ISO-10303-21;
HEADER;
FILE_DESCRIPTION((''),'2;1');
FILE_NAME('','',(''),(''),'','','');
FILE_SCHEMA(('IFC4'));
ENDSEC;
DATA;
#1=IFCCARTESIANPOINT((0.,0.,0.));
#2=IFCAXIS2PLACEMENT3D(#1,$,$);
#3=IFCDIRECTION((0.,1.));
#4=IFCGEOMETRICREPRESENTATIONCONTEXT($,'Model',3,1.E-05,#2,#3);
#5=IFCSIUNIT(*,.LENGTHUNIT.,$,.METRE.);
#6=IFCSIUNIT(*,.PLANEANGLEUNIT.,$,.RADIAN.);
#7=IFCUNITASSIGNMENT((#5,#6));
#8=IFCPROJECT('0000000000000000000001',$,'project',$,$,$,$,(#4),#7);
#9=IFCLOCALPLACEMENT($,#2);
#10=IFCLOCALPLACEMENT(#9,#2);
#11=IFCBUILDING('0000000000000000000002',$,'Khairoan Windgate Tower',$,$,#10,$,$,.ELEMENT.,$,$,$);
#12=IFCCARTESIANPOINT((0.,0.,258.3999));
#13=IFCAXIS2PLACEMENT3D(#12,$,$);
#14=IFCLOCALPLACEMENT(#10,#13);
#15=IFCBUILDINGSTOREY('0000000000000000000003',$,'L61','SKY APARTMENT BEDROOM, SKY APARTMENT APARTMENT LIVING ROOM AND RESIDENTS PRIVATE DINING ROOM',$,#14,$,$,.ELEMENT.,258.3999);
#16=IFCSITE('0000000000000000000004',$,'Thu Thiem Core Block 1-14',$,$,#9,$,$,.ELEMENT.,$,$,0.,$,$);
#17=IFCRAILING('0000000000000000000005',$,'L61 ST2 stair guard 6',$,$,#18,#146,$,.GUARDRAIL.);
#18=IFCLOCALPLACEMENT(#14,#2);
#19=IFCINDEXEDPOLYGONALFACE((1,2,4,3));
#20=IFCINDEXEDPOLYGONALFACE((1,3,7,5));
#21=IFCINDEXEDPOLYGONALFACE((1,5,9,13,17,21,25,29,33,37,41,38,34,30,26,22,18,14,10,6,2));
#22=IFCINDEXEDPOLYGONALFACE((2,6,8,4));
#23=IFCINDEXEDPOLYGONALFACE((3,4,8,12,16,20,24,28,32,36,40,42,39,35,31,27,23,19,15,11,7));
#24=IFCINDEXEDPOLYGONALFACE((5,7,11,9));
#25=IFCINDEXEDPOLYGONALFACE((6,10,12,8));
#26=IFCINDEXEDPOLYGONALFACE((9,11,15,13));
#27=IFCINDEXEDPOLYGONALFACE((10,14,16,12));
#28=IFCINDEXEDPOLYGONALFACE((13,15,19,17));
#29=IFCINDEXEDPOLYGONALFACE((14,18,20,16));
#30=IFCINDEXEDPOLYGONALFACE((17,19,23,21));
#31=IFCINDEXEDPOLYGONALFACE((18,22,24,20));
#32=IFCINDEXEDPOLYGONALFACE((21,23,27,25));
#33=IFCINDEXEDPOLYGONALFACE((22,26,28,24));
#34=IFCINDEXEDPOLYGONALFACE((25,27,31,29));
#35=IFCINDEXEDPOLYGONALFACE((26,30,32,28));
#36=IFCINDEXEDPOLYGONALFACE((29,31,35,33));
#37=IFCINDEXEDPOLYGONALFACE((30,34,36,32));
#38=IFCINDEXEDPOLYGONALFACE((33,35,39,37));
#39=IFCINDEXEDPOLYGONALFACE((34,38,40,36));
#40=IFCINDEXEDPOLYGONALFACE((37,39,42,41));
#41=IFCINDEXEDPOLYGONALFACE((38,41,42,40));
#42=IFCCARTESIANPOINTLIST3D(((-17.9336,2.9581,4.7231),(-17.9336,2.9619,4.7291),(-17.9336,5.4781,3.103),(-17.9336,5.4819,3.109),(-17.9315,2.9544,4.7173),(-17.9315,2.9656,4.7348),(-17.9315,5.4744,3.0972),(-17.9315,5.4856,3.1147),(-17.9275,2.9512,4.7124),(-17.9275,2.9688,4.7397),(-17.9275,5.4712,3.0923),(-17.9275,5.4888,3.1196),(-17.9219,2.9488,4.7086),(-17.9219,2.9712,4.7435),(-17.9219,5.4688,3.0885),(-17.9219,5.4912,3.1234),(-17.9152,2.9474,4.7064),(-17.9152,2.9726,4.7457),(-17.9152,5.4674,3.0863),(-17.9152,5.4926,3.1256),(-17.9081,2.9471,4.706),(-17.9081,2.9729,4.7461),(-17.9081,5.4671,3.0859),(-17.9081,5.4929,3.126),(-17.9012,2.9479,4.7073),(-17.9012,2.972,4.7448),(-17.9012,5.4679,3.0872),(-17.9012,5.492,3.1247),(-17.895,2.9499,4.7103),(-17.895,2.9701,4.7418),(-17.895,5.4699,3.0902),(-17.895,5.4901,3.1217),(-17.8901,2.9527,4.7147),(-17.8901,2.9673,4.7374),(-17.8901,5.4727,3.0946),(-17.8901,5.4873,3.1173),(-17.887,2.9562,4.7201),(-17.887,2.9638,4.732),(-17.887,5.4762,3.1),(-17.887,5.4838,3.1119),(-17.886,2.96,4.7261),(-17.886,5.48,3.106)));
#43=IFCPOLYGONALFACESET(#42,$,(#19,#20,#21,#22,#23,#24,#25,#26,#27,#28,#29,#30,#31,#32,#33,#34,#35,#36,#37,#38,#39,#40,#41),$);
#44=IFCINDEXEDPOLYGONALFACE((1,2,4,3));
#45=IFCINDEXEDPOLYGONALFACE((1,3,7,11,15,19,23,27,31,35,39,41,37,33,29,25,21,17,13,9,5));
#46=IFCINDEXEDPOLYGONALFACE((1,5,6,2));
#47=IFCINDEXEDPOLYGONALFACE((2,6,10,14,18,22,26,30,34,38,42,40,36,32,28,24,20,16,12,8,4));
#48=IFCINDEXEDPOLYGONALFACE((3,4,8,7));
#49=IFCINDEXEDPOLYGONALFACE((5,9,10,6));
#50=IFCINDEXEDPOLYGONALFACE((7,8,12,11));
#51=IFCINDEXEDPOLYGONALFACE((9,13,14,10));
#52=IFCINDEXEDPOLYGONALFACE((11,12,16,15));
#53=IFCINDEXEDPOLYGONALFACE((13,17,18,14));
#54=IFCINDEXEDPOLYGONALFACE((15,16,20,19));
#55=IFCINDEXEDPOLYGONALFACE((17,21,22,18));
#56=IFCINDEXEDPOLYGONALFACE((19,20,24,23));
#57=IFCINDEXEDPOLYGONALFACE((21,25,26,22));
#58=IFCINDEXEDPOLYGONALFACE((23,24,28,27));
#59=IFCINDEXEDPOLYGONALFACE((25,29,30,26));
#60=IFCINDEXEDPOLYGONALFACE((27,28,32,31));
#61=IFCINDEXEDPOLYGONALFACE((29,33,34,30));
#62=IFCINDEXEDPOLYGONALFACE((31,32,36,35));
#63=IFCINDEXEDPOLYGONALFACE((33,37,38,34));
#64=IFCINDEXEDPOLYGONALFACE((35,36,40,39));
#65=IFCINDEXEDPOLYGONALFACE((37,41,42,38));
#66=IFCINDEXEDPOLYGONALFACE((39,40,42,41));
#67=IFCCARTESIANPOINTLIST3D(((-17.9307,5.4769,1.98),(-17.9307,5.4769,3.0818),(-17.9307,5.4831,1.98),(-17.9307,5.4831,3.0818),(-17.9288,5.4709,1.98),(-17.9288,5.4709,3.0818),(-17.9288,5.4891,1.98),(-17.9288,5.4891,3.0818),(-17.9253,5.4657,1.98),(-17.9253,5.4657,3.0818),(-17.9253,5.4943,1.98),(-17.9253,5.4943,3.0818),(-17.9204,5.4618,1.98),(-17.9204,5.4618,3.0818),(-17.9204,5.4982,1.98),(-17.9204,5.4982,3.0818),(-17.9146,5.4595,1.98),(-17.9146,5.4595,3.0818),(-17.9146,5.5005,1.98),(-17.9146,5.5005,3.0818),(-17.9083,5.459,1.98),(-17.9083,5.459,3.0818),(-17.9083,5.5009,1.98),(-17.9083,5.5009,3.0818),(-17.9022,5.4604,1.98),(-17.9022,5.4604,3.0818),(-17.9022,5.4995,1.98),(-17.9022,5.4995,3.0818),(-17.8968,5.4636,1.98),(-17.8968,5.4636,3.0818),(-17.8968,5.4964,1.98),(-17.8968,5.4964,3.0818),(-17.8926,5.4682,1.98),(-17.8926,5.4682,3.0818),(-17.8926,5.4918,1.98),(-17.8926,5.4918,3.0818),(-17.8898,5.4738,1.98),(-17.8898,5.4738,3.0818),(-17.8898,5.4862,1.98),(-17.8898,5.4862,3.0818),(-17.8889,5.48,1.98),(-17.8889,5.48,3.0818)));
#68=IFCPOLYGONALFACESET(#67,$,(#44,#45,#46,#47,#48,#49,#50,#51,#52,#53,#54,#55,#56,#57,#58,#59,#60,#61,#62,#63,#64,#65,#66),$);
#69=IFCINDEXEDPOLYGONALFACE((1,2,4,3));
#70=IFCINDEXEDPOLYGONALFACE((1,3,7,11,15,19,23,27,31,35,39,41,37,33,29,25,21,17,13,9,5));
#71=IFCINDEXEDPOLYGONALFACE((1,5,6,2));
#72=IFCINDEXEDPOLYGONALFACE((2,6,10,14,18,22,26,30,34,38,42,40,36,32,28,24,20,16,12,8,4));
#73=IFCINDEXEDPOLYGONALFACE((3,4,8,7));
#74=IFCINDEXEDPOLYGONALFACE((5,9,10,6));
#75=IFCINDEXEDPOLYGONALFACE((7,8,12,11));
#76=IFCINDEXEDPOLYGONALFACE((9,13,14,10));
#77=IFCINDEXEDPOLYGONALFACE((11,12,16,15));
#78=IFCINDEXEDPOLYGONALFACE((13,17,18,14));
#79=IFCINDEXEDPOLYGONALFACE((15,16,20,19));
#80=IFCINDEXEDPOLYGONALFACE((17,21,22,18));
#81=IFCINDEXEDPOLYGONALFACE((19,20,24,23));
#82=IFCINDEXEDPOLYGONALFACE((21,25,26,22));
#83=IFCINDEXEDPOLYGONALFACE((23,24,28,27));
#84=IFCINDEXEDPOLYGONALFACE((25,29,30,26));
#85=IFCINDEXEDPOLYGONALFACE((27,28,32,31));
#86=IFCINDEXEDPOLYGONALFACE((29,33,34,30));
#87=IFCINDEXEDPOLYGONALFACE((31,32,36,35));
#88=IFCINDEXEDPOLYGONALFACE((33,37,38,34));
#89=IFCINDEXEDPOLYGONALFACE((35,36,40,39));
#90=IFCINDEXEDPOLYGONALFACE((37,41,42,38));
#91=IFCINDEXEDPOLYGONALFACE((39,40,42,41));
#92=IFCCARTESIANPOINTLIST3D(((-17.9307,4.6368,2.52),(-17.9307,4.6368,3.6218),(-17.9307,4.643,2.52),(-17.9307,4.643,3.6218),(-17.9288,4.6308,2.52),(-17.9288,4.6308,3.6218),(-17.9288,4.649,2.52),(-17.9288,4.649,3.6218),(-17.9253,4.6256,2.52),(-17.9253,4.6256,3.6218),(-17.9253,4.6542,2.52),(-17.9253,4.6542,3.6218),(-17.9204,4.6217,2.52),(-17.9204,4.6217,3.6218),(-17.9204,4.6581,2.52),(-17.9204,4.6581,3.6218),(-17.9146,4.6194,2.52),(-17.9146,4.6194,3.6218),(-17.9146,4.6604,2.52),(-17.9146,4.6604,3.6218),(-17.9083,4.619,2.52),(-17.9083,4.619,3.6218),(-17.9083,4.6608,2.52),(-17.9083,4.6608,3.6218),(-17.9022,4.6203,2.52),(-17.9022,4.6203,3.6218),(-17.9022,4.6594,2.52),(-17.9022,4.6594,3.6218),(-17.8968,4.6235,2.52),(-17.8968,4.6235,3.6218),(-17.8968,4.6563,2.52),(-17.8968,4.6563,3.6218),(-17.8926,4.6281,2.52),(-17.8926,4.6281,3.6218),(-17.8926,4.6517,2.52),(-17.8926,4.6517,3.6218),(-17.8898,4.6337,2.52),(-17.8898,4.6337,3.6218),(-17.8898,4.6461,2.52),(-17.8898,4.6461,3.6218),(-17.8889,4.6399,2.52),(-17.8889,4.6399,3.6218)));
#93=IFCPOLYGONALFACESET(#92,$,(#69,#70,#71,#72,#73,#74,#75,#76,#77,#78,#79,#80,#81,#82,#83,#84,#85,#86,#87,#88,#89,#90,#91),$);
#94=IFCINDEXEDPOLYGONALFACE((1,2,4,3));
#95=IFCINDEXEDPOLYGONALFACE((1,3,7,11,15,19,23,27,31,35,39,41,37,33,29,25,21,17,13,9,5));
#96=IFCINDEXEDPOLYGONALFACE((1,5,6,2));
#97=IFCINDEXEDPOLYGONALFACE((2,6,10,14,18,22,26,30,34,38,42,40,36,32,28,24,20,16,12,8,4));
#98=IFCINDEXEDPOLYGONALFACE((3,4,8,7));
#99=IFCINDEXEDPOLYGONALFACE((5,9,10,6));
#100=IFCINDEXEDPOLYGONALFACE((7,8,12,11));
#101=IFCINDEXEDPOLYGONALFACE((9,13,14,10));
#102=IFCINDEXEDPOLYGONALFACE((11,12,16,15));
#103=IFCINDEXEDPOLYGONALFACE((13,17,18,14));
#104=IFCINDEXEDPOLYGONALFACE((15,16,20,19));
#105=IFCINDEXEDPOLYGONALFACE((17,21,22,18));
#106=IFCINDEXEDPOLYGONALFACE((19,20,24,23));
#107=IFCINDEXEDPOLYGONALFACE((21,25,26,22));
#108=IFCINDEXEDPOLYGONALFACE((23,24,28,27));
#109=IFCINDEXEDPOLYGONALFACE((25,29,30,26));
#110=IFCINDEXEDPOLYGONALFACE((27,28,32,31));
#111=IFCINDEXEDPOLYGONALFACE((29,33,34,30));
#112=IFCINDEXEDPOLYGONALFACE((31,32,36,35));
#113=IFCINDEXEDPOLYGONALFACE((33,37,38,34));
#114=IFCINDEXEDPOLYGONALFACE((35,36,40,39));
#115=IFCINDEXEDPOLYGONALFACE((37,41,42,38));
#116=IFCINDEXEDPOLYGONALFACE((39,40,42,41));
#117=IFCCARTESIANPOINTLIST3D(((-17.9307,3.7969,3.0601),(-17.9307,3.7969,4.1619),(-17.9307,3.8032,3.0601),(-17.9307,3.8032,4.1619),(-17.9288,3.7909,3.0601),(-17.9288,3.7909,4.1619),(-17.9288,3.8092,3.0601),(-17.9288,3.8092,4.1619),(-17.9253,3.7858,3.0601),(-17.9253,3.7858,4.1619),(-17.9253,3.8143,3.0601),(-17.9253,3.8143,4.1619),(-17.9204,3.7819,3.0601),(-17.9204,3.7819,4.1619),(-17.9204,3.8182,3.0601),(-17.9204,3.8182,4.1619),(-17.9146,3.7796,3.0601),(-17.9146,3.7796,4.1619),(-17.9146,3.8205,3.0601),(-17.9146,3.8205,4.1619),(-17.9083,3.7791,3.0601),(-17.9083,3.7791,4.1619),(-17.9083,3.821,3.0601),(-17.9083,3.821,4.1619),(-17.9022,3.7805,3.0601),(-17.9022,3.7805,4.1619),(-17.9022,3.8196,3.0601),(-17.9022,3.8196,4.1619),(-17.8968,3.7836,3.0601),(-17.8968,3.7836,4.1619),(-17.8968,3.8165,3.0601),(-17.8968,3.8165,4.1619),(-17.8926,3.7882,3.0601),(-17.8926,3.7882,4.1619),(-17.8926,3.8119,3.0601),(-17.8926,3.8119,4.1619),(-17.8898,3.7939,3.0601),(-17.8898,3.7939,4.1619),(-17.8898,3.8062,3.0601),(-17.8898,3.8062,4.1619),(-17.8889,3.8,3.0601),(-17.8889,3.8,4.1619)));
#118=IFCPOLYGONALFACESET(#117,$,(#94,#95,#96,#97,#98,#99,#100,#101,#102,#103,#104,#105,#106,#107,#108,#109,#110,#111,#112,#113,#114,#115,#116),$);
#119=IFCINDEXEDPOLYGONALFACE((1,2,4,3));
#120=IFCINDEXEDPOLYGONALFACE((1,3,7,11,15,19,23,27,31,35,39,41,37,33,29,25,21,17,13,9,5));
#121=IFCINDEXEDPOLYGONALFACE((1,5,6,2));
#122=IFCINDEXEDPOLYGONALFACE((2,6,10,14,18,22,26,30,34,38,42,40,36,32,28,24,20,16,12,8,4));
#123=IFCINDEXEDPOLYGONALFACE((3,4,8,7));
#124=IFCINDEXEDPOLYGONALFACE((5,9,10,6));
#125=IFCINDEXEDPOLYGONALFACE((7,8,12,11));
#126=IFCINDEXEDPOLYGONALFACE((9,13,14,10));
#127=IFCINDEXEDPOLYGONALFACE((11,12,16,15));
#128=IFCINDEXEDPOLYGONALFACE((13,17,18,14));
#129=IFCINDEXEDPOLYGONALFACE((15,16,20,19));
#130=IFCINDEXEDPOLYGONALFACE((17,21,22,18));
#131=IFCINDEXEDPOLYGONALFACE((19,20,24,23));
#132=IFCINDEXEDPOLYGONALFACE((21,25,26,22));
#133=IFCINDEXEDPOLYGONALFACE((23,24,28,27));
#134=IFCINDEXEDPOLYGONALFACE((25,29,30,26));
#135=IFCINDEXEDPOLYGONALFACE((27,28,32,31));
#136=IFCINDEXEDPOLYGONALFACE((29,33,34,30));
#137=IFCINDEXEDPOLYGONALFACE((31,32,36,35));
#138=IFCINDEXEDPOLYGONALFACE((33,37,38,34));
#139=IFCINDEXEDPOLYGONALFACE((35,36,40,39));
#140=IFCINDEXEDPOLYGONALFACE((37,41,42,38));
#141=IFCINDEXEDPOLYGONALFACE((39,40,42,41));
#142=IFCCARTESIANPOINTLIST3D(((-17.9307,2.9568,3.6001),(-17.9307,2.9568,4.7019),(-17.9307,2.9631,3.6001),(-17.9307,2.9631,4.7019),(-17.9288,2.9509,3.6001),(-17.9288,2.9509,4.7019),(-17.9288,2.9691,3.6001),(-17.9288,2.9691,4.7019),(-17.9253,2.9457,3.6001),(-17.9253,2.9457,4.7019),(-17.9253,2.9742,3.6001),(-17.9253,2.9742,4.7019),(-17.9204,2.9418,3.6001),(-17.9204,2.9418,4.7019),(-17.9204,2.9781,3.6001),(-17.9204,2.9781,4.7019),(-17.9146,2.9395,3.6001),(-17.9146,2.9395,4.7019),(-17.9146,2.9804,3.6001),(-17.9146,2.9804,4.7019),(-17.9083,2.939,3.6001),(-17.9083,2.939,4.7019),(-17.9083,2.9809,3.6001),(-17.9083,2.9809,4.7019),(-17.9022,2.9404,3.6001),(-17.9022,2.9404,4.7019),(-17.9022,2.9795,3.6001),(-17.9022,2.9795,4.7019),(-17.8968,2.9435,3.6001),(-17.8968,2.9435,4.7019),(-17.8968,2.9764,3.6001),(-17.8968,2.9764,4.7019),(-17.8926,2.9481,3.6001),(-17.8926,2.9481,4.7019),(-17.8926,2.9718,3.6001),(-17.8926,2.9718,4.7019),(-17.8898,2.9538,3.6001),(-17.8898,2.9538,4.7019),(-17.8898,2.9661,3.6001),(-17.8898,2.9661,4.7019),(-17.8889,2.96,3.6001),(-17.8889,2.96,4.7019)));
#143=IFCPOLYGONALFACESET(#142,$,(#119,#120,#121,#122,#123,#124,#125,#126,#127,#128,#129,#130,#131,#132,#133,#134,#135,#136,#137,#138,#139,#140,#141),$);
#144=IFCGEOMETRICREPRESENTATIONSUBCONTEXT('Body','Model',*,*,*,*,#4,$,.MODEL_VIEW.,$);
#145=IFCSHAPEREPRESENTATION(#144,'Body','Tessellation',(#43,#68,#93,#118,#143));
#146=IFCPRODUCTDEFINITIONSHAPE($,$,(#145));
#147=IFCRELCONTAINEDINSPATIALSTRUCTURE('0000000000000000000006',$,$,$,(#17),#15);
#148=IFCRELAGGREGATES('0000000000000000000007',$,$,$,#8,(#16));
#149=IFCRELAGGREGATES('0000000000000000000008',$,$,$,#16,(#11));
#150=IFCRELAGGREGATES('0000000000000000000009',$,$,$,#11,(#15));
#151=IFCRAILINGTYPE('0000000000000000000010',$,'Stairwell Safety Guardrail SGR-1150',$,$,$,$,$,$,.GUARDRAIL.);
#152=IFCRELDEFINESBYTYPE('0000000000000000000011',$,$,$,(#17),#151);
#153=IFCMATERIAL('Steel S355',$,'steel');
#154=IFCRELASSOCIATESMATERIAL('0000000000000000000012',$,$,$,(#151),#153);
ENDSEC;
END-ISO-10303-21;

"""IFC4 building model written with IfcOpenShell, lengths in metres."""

from ifc_helpers import new_model, si_unit, direction, frame, origin, origin_2d, place, context, subcontext, project, spatial, circle, extrude, material, type_object, element, save


model = new_model("IFC4")

# Units and contexts
model_context = context("Model", 3, precision=1e-05, world=origin(), true_north=direction((0.0, 1.0)))
body_context = subcontext(model_context, "Body", "Model", "MODEL_VIEW")
ifc_project = project(units=[si_unit("LENGTHUNIT", "METRE"), si_unit("PLANEANGLEUNIT", "RADIAN")], contexts=[model_context])

# Site, building, storey
site_placement = place(None, origin())
site = spatial("IfcSite", under=ifc_project, at=site_placement, Name="Thu Thiem Core Block 1-14", CompositionType="ELEMENT", RefElevation=0.0)
building_placement = place(site_placement, origin())
building = spatial("IfcBuilding", under=site, at=building_placement, Name="Khairoan Windgate Tower", CompositionType="ELEMENT")
storey_placement = place(building_placement, frame((0.0, 0.0, 258.3999)))
storey = spatial("IfcBuildingStorey", under=building, at=storey_placement, Name="L61", Description="SKY APARTMENT BEDROOM, SKY APARTMENT APARTMENT LIVING ROOM AND RESIDENTS PRIVATE DINING ROOM", CompositionType="ELEMENT", Elevation=258.3999)

# Railing
ifc_material_1 = material(Name="Steel S355", Category="steel")
railing_type_1 = type_object("IfcRailingType", Name="Stairwell Safety Guardrail SGR-1150", PredefinedType="GUARDRAIL", material=ifc_material_1)
railing_1_placement = place(storey_placement, frame((-17.9099, 5.48, 1.98)))
element("IfcRailing", 1, at=railing_1_placement, inside=storey, type_object=railing_type_1, Name="L61 ST2 stair guard 6", PredefinedType="GUARDRAIL", context=body_context, shape_type="SweptSolid", body=[
    extrude(circle(Radius=0.0239, at=origin_2d()), frame((0.0, 0.0, 1.126), z_axis=(0.0, -0.841163, 0.540782), x_axis=(1.0, 0.0, 0.0)), (0.0, 0.0, 1.0), 2.9958),
    extrude(circle(Radius=0.021, at=origin_2d()), origin(), (0.0, 0.0, 1.0), 1.1018),
    extrude(circle(Radius=0.021, at=origin_2d()), frame((0.0, -0.8401, 0.54)), (0.0, 0.0, 1.0), 1.1018),
    extrude(circle(Radius=0.021, at=origin_2d()), frame((0.0, -1.6799, 1.0801)), (0.0, 0.0, 1.0), 1.1018),
    extrude(circle(Radius=0.021, at=origin_2d()), frame((0.0, -2.52, 1.6201)), (0.0, 0.0, 1.0), 1.1018),
])

save(model, "model.ifc")
